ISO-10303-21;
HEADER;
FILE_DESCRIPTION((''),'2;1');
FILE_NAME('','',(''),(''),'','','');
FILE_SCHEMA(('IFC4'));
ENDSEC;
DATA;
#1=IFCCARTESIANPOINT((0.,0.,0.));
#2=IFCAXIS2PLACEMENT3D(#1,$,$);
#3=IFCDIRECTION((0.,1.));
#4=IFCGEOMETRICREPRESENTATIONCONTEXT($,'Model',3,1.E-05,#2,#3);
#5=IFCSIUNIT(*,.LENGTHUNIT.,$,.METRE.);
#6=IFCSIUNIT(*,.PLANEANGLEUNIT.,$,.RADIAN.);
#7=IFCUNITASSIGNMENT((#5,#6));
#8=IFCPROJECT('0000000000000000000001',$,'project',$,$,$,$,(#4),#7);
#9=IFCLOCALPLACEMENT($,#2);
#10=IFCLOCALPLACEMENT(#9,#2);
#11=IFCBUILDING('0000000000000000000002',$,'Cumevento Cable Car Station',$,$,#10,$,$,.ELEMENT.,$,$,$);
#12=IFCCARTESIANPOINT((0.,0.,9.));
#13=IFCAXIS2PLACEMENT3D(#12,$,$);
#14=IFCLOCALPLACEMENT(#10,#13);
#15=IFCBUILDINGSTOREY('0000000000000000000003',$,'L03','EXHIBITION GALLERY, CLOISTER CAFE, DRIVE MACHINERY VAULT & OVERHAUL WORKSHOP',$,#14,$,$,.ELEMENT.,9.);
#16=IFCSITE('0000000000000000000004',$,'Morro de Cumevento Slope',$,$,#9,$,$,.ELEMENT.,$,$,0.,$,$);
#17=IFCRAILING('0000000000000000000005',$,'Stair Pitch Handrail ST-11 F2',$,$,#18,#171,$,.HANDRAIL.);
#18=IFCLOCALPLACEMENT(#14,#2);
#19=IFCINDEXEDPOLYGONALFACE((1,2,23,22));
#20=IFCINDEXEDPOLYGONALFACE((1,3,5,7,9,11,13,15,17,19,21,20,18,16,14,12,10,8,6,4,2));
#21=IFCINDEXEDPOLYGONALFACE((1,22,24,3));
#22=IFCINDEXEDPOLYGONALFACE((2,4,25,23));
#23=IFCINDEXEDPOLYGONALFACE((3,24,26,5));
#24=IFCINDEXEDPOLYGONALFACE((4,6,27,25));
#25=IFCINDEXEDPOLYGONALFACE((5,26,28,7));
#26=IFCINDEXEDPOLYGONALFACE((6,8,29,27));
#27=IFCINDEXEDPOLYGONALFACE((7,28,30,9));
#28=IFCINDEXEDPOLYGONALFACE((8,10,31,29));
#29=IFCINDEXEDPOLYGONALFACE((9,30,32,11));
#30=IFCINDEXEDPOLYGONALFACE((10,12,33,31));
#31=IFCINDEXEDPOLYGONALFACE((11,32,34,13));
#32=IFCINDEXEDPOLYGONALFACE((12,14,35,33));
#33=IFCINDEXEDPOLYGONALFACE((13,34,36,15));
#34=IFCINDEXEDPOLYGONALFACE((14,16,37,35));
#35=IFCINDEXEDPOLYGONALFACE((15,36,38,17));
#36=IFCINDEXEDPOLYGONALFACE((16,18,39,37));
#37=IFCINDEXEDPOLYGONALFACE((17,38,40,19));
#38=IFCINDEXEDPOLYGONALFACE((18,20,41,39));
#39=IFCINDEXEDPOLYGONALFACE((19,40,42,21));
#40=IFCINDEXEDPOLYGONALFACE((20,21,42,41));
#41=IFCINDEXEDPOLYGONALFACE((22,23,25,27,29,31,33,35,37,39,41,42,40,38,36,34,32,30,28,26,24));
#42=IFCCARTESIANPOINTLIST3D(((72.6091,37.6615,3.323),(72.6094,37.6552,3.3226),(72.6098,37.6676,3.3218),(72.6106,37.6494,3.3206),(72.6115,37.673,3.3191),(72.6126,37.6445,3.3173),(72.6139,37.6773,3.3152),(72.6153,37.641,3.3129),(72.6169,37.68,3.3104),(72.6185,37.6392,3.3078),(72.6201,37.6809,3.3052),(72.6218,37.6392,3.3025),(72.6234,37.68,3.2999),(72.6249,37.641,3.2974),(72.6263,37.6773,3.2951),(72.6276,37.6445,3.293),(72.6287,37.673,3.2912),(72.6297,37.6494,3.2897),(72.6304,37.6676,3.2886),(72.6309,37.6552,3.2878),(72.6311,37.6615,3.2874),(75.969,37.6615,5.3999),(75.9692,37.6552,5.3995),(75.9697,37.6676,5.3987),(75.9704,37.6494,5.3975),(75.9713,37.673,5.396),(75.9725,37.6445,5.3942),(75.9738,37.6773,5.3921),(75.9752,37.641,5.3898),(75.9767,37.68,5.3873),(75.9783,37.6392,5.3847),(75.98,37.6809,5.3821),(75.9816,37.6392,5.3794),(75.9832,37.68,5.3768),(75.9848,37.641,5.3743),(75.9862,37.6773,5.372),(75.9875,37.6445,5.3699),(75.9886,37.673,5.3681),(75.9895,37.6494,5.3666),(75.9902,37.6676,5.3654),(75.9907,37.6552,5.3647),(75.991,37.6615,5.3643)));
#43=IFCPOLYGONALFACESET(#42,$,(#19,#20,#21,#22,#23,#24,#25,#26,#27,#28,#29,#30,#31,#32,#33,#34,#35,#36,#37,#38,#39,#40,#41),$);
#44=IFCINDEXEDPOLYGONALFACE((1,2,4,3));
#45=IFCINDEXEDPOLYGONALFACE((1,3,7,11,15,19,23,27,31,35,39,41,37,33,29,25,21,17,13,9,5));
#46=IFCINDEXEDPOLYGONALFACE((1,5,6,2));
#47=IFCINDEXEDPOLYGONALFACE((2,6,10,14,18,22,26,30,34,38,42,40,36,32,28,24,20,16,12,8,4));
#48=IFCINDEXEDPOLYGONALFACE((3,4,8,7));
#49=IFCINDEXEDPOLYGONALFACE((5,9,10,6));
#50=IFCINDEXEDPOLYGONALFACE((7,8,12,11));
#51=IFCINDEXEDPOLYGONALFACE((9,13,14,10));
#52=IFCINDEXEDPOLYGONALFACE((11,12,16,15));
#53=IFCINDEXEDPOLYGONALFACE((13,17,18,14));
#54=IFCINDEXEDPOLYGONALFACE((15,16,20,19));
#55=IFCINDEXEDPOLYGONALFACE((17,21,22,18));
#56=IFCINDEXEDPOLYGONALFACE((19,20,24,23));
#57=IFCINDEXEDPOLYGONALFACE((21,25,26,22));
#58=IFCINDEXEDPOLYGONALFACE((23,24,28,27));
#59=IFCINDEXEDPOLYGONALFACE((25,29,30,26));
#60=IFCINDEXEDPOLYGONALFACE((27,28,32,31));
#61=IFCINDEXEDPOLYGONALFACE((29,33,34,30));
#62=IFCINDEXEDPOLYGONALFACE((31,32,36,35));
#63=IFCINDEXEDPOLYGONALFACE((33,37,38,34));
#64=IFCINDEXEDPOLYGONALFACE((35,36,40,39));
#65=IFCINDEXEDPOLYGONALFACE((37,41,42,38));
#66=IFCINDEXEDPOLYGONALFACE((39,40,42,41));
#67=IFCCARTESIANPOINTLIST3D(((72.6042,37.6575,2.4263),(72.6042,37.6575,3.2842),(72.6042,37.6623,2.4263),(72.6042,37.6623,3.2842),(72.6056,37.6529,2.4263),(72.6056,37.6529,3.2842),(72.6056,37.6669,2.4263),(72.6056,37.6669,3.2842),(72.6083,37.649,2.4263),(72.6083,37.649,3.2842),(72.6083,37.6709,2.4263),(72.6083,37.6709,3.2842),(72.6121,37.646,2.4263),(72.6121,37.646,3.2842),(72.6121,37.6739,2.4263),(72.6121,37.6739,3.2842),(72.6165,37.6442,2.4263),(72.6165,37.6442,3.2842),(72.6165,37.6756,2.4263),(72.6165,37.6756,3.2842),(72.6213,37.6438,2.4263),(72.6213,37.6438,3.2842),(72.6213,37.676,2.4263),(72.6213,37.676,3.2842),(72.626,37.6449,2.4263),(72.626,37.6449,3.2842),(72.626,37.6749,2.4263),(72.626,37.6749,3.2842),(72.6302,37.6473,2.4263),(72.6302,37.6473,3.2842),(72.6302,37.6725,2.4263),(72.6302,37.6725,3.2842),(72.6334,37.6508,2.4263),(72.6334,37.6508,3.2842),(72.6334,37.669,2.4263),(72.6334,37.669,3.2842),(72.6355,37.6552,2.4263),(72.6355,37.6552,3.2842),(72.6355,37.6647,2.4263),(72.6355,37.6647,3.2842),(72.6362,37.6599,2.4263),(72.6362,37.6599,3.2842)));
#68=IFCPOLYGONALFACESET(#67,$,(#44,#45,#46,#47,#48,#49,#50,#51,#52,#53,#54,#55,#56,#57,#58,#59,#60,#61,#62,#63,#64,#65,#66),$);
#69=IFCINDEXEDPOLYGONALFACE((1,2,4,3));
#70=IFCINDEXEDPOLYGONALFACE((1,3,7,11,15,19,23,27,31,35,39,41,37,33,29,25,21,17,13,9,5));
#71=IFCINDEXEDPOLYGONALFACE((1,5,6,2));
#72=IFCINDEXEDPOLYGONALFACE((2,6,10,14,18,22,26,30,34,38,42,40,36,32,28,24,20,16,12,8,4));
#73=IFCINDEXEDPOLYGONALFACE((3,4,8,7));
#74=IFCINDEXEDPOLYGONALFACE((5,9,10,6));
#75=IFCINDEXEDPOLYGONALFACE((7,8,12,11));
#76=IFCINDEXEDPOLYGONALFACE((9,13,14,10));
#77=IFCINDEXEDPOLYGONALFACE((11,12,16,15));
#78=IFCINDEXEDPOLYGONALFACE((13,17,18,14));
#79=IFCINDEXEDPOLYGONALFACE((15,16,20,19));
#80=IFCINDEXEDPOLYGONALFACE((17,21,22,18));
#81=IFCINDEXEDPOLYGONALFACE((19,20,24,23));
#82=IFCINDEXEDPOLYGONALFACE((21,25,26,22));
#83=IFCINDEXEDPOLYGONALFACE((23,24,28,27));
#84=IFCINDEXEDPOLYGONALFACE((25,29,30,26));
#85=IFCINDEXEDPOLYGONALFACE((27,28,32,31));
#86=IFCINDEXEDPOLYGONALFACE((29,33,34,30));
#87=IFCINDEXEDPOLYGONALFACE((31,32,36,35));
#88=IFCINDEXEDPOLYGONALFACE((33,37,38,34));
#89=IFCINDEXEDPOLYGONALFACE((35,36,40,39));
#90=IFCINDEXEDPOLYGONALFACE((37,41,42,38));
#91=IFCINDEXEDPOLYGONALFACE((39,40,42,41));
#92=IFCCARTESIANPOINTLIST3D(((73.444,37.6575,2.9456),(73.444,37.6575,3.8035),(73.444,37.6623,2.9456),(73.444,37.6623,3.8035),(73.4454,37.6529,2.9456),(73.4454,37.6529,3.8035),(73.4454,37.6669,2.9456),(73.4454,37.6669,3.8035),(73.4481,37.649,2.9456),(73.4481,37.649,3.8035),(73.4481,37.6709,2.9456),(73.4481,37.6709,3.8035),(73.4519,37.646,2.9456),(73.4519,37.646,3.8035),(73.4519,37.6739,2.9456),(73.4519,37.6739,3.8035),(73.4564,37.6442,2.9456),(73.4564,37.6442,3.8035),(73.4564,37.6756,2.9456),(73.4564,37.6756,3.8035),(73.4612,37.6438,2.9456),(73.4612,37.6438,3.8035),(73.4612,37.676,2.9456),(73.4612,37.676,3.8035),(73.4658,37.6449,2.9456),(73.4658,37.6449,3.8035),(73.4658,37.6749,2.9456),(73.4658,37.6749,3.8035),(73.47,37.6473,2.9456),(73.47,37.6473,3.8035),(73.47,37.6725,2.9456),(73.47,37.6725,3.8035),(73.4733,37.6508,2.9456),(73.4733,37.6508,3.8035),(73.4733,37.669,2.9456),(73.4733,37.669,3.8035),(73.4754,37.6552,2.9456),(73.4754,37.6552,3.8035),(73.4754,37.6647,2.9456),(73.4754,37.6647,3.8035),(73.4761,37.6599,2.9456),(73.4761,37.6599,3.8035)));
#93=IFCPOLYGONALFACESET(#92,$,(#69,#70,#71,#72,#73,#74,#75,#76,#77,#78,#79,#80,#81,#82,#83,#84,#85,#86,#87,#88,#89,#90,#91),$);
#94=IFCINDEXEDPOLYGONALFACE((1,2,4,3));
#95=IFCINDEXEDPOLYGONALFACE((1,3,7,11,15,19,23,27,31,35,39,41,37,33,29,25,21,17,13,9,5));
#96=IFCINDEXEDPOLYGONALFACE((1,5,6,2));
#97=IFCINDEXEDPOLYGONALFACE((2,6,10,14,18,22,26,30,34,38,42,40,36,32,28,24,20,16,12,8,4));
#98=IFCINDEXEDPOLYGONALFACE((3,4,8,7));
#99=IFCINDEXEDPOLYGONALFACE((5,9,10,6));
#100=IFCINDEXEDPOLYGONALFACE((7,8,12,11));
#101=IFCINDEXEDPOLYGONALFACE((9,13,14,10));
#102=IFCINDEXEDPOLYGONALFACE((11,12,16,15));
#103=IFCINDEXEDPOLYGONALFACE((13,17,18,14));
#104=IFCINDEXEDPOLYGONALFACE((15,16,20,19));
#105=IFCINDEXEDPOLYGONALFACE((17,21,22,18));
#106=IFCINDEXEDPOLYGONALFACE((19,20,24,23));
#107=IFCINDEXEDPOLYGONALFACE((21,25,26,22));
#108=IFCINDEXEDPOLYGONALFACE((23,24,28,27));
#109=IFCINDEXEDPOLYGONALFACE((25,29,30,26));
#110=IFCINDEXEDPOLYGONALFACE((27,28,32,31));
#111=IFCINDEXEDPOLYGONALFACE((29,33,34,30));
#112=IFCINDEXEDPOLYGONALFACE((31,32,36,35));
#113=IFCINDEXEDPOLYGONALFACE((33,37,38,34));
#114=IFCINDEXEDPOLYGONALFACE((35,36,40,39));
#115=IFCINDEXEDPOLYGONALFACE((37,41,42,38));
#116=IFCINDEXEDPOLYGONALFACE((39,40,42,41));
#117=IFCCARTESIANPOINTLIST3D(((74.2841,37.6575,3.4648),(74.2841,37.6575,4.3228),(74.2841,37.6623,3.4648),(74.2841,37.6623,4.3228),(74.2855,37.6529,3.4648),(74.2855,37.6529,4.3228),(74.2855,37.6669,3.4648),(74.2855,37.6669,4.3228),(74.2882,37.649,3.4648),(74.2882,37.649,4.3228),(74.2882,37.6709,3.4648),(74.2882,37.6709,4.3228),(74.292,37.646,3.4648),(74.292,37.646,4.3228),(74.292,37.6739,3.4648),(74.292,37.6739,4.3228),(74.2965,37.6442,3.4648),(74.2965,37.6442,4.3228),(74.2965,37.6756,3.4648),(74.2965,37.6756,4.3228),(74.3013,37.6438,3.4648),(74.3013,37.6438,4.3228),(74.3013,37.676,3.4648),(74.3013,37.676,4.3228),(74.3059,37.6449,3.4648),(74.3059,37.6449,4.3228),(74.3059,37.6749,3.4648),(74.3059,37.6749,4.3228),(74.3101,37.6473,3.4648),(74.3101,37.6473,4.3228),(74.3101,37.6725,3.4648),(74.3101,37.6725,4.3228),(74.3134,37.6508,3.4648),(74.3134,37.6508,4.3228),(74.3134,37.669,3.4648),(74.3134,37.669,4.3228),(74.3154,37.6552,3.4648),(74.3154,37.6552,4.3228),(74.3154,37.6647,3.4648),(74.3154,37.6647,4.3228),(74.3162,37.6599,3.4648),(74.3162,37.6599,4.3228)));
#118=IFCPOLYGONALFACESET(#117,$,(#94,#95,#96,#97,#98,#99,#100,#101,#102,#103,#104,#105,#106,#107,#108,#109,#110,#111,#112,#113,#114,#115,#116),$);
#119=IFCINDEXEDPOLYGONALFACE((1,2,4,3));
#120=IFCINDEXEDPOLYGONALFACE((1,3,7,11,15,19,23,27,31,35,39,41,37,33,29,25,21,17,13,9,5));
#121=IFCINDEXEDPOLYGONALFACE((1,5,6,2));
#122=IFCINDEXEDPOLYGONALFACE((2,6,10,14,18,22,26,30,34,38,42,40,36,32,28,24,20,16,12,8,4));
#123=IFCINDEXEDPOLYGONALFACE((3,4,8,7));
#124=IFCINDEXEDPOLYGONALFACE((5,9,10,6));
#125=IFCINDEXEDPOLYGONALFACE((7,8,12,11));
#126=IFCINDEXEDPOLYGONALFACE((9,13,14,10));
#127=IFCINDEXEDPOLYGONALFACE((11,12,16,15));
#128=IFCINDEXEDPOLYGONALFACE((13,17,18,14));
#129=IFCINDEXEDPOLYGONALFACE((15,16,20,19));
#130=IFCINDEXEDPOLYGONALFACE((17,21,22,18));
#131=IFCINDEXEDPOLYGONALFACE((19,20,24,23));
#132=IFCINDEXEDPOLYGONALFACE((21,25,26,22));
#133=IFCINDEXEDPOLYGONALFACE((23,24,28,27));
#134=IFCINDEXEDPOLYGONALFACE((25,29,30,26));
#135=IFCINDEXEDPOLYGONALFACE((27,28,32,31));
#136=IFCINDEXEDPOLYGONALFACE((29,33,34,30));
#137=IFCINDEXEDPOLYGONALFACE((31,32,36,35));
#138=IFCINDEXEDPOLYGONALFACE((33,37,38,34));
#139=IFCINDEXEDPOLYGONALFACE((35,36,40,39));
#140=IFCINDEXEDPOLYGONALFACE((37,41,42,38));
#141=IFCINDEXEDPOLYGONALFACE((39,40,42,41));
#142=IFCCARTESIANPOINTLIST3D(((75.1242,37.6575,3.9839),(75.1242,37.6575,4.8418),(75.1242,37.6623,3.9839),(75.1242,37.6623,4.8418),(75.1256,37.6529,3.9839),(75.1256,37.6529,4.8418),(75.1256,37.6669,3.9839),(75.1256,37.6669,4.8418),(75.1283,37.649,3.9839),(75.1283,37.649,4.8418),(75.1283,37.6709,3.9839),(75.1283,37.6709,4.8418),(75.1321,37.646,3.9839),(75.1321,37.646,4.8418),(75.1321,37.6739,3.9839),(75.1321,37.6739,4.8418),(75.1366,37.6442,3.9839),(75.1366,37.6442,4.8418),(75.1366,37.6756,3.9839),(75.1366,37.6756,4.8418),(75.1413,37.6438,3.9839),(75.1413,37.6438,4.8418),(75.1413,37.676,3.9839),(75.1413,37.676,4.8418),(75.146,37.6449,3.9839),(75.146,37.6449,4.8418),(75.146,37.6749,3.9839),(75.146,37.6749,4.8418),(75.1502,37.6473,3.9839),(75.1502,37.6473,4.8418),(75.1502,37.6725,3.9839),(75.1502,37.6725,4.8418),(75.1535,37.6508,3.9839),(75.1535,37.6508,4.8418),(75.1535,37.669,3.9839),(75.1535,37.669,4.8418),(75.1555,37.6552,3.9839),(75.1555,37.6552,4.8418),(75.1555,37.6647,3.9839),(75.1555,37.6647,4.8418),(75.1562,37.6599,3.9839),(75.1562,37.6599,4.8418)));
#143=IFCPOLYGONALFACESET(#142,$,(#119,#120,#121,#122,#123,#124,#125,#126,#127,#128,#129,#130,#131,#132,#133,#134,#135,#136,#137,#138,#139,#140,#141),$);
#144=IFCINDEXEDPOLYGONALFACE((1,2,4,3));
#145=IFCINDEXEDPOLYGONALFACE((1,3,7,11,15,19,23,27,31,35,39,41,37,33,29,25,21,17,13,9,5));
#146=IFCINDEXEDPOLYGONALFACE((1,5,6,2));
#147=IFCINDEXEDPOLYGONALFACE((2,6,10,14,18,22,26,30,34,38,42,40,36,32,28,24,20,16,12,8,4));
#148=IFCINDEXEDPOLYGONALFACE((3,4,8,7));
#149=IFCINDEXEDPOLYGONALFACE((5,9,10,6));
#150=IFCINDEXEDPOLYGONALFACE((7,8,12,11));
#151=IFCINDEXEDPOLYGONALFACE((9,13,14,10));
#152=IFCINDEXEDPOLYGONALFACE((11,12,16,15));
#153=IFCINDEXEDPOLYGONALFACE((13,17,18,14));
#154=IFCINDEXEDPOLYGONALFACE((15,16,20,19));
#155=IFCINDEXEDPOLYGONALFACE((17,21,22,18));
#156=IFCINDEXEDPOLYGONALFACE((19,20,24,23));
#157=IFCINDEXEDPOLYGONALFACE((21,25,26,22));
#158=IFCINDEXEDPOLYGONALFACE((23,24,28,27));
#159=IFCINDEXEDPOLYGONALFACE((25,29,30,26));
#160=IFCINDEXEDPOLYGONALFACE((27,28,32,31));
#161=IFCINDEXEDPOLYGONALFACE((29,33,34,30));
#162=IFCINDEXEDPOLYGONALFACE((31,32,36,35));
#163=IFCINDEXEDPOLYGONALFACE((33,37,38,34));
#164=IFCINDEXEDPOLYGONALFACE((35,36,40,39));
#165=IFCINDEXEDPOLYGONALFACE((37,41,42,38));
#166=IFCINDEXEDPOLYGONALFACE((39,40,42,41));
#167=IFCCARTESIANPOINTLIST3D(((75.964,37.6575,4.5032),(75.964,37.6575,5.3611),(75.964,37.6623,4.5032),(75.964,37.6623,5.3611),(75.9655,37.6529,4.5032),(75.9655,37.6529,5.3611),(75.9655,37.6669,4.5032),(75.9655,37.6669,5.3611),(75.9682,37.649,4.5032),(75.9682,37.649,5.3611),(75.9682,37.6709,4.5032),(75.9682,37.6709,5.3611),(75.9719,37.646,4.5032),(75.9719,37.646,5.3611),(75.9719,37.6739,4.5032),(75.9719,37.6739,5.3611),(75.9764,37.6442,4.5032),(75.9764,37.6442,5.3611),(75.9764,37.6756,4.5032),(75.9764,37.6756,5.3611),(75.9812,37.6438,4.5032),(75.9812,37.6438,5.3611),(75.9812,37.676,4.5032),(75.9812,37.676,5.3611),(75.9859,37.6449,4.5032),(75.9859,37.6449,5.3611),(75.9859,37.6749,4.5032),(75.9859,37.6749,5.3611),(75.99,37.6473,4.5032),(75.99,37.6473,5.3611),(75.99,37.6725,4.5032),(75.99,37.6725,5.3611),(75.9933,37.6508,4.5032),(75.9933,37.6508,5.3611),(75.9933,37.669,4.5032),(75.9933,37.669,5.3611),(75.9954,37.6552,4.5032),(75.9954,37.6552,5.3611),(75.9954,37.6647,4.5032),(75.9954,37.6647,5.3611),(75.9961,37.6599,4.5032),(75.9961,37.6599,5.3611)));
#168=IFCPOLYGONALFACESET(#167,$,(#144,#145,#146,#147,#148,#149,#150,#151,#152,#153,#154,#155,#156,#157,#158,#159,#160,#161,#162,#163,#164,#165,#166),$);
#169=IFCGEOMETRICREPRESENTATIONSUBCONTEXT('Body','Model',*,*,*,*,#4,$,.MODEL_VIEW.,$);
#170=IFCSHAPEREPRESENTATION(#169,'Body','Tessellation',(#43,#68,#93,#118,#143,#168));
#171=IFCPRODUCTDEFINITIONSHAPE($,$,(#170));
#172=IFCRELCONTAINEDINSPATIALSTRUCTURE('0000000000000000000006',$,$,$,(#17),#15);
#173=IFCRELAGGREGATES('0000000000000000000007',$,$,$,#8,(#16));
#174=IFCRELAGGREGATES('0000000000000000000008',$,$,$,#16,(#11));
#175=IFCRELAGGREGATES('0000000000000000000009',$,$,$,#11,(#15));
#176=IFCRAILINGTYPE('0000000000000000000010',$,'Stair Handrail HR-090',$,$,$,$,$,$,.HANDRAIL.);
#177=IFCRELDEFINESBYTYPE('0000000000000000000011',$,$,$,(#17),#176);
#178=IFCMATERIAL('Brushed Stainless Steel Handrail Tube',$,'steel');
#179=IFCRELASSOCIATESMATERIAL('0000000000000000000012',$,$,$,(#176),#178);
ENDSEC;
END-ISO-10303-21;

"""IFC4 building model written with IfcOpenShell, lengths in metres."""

from ifc_helpers import new_model, si_unit, direction, frame, origin, origin_2d, place, context, subcontext, project, spatial, circle, extrude, material, type_object, element, save


model = new_model("IFC4")

# Units and contexts
model_context = context("Model", 3, precision=1e-05, world=origin(), true_north=direction((0.0, 1.0)))
body_context = subcontext(model_context, "Body", "Model", "MODEL_VIEW")
ifc_project = project(units=[si_unit("LENGTHUNIT", "METRE"), si_unit("PLANEANGLEUNIT", "RADIAN")], contexts=[model_context])

# Site, building, storey
site_placement = place(None, origin())
site = spatial("IfcSite", under=ifc_project, at=site_placement, Name="Morro de Cumevento Slope", CompositionType="ELEMENT", RefElevation=0.0)
building_placement = place(site_placement, origin())
building = spatial("IfcBuilding", under=site, at=building_placement, Name="Cumevento Cable Car Station", CompositionType="ELEMENT")
storey_placement = place(building_placement, frame((0.0, 0.0, 9.0)))
storey = spatial("IfcBuildingStorey", under=building, at=storey_placement, Name="L03", Description="EXHIBITION GALLERY, CLOISTER CAFE, DRIVE MACHINERY VAULT & OVERHAUL WORKSHOP", CompositionType="ELEMENT", Elevation=9.0)

# Railing
ifc_material_1 = material(Name="Brushed Stainless Steel Handrail Tube", Category="steel")
railing_type_1 = type_object("IfcRailingType", Name="Stair Handrail HR-090", PredefinedType="HANDRAIL", material=ifc_material_1)
railing_1_placement = place(storey_placement, frame((72.6201, 37.6599, 2.4263)))
element("IfcRailing", 1, at=railing_1_placement, inside=storey, type_object=railing_type_1, Name="Stair Pitch Handrail ST-11 F2", PredefinedType="HANDRAIL", context=body_context, shape_type="SweptSolid", body=[
    extrude(circle(Radius=0.021, at=origin_2d()), frame((0.0, 0.0, 0.8789), z_axis=(0.850606, 0.0, 0.525803), x_axis=(0.0, 1.0, 0.0)), (0.0, 0.0, 1.0), 3.95),
    extrude(circle(Radius=0.0161, at=origin_2d()), origin(), (0.0, 0.0, 1.0), 0.8579),
    extrude(circle(Radius=0.0161, at=origin_2d()), frame((0.8398, 0.0, 0.5193)), (0.0, 0.0, 1.0), 0.8579),
    extrude(circle(Radius=0.0161, at=origin_2d()), frame((1.6799, 0.0, 1.0386)), (0.0, 0.0, 1.0), 0.8579),
    extrude(circle(Radius=0.0161, at=origin_2d()), frame((2.52, 0.0, 1.5576)), (0.0, 0.0, 1.0), 0.8579),
    extrude(circle(Radius=0.0161, at=origin_2d()), frame((3.3599, 0.0, 2.0769)), (0.0, 0.0, 1.0), 0.8579),
])

save(model, "model.ifc")
